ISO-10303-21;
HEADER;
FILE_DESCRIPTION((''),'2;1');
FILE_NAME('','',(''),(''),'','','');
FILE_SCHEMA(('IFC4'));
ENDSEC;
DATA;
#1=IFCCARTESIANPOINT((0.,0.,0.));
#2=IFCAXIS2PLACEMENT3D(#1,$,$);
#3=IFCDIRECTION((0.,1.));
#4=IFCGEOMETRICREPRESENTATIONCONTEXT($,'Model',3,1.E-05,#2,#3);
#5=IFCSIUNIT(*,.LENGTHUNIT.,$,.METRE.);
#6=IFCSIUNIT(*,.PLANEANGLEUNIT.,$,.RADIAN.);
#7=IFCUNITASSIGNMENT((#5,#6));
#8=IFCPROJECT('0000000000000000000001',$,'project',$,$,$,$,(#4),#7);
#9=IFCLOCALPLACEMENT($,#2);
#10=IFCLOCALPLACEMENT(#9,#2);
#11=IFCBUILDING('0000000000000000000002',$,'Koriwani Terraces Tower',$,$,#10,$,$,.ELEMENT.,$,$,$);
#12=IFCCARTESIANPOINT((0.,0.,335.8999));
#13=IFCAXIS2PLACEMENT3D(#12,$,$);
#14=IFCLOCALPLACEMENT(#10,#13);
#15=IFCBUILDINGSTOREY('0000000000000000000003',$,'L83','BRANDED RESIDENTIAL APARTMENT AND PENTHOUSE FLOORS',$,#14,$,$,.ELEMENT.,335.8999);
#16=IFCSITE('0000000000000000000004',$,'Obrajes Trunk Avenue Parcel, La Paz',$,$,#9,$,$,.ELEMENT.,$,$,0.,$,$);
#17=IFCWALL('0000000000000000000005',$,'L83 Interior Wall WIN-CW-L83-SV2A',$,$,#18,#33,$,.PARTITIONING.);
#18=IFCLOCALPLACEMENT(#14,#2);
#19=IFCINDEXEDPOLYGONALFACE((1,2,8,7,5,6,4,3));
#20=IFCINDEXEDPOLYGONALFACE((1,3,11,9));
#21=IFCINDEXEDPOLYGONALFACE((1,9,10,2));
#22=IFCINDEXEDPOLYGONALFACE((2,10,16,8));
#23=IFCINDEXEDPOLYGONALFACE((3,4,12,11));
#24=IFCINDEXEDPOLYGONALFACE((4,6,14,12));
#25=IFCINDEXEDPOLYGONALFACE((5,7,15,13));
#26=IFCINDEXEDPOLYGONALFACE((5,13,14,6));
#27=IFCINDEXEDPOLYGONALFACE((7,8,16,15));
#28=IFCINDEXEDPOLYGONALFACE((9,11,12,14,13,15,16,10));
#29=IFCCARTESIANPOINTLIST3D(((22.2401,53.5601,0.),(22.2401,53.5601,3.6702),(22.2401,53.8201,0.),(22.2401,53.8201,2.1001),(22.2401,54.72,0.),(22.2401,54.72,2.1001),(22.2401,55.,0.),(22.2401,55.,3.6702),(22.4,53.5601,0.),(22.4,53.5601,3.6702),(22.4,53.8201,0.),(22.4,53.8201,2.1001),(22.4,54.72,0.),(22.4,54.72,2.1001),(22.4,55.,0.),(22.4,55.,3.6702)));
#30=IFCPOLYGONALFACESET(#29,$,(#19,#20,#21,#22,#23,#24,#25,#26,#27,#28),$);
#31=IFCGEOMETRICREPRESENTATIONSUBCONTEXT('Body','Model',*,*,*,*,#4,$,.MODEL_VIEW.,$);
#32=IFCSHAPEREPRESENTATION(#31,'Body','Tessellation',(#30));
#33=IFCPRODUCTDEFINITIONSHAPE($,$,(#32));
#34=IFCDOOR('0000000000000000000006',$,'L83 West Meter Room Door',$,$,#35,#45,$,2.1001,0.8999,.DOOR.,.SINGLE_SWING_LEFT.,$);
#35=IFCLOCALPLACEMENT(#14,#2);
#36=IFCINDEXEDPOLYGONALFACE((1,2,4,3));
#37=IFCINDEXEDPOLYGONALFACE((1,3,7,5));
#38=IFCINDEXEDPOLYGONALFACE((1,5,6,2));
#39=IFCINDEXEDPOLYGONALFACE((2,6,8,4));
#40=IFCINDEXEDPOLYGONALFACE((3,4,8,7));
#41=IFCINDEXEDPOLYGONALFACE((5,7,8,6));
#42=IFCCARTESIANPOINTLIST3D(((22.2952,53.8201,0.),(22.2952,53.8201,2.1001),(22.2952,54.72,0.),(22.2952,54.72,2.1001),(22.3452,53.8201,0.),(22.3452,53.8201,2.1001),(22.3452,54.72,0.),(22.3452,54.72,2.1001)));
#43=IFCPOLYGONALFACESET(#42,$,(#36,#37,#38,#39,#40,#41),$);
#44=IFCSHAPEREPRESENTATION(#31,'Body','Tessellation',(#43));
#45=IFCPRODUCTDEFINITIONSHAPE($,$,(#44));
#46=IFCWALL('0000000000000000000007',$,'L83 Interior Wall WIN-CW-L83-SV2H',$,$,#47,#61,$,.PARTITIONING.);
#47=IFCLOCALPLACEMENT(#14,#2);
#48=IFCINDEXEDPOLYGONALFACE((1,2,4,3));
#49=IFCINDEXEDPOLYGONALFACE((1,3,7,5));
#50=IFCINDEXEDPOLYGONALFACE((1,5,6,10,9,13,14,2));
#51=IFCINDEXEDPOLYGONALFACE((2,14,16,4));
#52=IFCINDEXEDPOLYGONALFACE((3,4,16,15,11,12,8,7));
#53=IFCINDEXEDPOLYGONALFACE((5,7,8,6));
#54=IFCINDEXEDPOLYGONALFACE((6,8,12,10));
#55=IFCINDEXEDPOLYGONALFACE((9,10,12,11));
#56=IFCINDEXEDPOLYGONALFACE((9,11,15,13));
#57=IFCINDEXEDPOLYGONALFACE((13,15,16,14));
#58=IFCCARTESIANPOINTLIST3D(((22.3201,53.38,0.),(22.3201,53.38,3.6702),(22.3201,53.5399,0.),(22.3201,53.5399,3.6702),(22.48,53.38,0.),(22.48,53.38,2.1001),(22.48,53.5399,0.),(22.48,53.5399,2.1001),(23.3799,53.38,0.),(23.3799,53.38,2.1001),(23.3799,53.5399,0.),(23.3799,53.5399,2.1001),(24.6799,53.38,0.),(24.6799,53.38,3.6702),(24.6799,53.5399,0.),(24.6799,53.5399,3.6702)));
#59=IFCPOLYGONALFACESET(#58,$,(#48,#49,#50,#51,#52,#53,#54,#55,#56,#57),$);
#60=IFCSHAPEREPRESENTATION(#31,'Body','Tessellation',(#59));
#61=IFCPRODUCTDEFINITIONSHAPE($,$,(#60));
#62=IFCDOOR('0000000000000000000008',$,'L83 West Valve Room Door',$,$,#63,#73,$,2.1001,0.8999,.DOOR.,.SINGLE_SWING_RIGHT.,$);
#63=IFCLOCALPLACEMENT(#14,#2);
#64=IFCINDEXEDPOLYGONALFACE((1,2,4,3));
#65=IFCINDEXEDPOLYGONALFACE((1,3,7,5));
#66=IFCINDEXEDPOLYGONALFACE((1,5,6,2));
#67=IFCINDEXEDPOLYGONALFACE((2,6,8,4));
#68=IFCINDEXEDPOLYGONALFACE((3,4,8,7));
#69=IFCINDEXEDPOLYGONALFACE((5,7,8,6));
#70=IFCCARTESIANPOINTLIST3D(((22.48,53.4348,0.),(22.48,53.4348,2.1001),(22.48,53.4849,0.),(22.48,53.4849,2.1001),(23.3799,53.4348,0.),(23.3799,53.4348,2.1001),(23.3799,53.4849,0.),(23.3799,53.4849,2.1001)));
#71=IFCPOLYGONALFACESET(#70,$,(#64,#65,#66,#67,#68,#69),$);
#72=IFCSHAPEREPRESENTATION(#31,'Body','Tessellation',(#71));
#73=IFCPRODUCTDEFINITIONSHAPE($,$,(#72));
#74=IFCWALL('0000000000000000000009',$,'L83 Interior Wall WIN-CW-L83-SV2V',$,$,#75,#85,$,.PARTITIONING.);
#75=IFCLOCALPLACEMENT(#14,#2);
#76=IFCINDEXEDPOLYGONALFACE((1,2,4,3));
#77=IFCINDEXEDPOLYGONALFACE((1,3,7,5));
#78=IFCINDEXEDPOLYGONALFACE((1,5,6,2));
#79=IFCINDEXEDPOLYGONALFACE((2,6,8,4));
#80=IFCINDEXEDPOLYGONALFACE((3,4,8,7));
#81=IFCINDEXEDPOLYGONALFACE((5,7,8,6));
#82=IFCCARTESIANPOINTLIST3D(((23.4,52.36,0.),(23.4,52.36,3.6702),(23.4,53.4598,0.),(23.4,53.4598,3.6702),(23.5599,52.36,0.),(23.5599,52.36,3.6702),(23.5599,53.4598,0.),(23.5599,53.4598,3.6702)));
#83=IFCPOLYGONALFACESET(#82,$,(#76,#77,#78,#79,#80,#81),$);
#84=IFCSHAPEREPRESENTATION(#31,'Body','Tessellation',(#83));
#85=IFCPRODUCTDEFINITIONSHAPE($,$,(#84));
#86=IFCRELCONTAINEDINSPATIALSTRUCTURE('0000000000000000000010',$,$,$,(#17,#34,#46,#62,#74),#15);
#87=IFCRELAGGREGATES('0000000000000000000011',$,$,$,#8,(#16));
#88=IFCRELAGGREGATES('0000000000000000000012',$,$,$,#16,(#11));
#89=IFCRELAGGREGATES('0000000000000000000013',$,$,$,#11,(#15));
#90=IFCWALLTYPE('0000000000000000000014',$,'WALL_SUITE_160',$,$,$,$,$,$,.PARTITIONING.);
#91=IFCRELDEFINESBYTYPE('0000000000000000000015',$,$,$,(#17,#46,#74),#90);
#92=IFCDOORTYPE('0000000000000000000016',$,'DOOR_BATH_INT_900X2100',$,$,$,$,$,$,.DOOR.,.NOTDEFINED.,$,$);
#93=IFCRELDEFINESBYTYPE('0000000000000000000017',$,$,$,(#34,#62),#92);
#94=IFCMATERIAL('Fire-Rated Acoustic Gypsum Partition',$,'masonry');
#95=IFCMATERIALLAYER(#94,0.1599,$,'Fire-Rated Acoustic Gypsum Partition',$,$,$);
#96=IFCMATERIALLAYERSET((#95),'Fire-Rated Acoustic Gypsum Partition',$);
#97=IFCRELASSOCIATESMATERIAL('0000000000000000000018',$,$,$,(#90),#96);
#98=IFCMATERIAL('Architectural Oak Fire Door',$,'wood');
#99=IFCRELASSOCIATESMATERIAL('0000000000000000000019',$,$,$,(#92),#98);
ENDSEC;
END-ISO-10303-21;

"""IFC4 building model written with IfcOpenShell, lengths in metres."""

from ifc_helpers import new_model, si_unit, direction, frame, frame_2d, origin, place, context, subcontext, project, spatial, rectangle, extrude, material, layer, layer_set, type_object, element, fill, save


model = new_model("IFC4")

# Units and contexts
model_context = context("Model", 3, precision=1e-05, world=origin(), true_north=direction((0.0, 1.0)))
body_context = subcontext(model_context, "Body", "Model", "MODEL_VIEW")
ifc_project = project(units=[si_unit("LENGTHUNIT", "METRE"), si_unit("PLANEANGLEUNIT", "RADIAN")], contexts=[model_context])

# Site, building, storey
site_placement = place(None, origin())
site = spatial("IfcSite", under=ifc_project, at=site_placement, Name="Obrajes Trunk Avenue Parcel, La Paz", CompositionType="ELEMENT", RefElevation=0.0)
building_placement = place(site_placement, origin())
building = spatial("IfcBuilding", under=site, at=building_placement, Name="Koriwani Terraces Tower", CompositionType="ELEMENT")
storey_placement = place(building_placement, frame((0.0, 0.0, 335.8999)))
storey = spatial("IfcBuildingStorey", under=building, at=storey_placement, Name="L83", Description="BRANDED RESIDENTIAL APARTMENT AND PENTHOUSE FLOORS", CompositionType="ELEMENT", Elevation=335.8999)

# Walls, openings, doors
ifc_material_1 = material(Name="Fire-Rated Acoustic Gypsum Partition", Category="masonry")
ifc_layer_1 = layer(ifc_material_1, 0.1599, Name="Fire-Rated Acoustic Gypsum Partition")
ifc_layer_set_1 = layer_set([ifc_layer_1], Name="Fire-Rated Acoustic Gypsum Partition")
wall_type_1 = type_object("IfcWallType", Name="WALL_SUITE_160", PredefinedType="PARTITIONING", material=ifc_layer_set_1)
wall_1_placement = place(storey_placement, frame((22.3201, 53.5601, 0.0), z_axis=(0.0, 0.0, 1.0), x_axis=(0.0, 1.0, 0.0)))
wall_1 = element("IfcWall", 1, at=wall_1_placement, inside=storey, type_object=wall_type_1, Name="L83 Interior Wall WIN-CW-L83-SV2A", PredefinedType="PARTITIONING", context=body_context, shape_type="SweptSolid", body=[
    extrude(rectangle(XDim=1.4399, YDim=0.1599, at=frame_2d((0.72, 0.0))), origin(), (0.0, 0.0, 1.0), 3.6702),
])
opening_1_placement = place(wall_1_placement, frame((0.26, 0.0, 0.0)))
opening_1 = element("IfcOpeningElement", 2, at=opening_1_placement, cuts=wall_1, PredefinedType="OPENING", context=body_context, shape_type="SweptSolid", body=[
    extrude(rectangle(XDim=0.8999, YDim=2.1001, at=frame_2d((0.45, 1.05))), frame((0.0, 0.0898, 0.0), z_axis=(0.0, -1.0, 0.0), x_axis=(1.0, 0.0, 0.0)), (0.0, 0.0, 1.0), 0.1799),
])
ifc_material_2 = material(Name="Architectural Oak Fire Door", Category="wood")
door_type_1 = type_object("IfcDoorType", Name="DOOR_BATH_INT_900X2100", OperationType="NOTDEFINED", PredefinedType="DOOR", material=ifc_material_2)
door_1_placement = place(opening_1_placement, origin())
door_1 = element("IfcDoor", 3, at=door_1_placement, inside=storey, type_object=door_type_1, Name="L83 West Meter Room Door", OperationType="SINGLE_SWING_LEFT", OverallHeight=2.1001, OverallWidth=0.8999, PredefinedType="DOOR", context=body_context, shape_type="SweptSolid", body=[
    extrude(rectangle(XDim=0.8999, YDim=2.1001, at=frame_2d((0.45, 1.05))), frame((0.0, 0.0249, 0.0), z_axis=(0.0, -1.0, 0.0), x_axis=(1.0, 0.0, 0.0)), (0.0, 0.0, 1.0), 0.05),
])
fill(opening_1, door_1)
wall_2_placement = place(storey_placement, frame((22.3201, 53.46, 0.0), z_axis=(0.0, 0.0, 1.0), x_axis=(1.0, 0.0, 0.0)))
wall_2 = element("IfcWall", 4, at=wall_2_placement, inside=storey, type_object=wall_type_1, Name="L83 Interior Wall WIN-CW-L83-SV2H", PredefinedType="PARTITIONING", context=body_context, shape_type="SweptSolid", body=[
    extrude(rectangle(XDim=2.3599, YDim=0.1599, at=frame_2d((1.1799, 0.0))), origin(), (0.0, 0.0, 1.0), 3.6702),
])
opening_2_placement = place(wall_2_placement, frame((0.1599, 0.0, 0.0)))
opening_2 = element("IfcOpeningElement", 5, at=opening_2_placement, cuts=wall_2, PredefinedType="OPENING", context=body_context, shape_type="SweptSolid", body=[
    extrude(rectangle(XDim=0.8999, YDim=2.1001, at=frame_2d((0.45, 1.05))), frame((0.0, 0.0898, 0.0), z_axis=(0.0, -1.0, 0.0), x_axis=(1.0, 0.0, 0.0)), (0.0, 0.0, 1.0), 0.1799),
])
door_2_placement = place(opening_2_placement, origin())
door_2 = element("IfcDoor", 6, at=door_2_placement, inside=storey, type_object=door_type_1, Name="L83 West Valve Room Door", OperationType="SINGLE_SWING_RIGHT", OverallHeight=2.1001, OverallWidth=0.8999, PredefinedType="DOOR", context=body_context, shape_type="SweptSolid", body=[
    extrude(rectangle(XDim=0.8999, YDim=2.1001, at=frame_2d((0.45, 1.05))), frame((0.0, 0.0249, 0.0), z_axis=(0.0, -1.0, 0.0), x_axis=(1.0, 0.0, 0.0)), (0.0, 0.0, 1.0), 0.05),
])
fill(opening_2, door_2)

# Wall
wall_3_placement = place(storey_placement, frame((23.48, 52.3601, 0.0), z_axis=(0.0, 0.0, 1.0), x_axis=(0.0, 1.0, 0.0)))
element("IfcWall", 7, at=wall_3_placement, inside=storey, type_object=wall_type_1, Name="L83 Interior Wall WIN-CW-L83-SV2V", PredefinedType="PARTITIONING", context=body_context, shape_type="SweptSolid", body=[
    extrude(rectangle(XDim=1.0999, YDim=0.1599, at=frame_2d((0.5498, 0.0))), origin(), (0.0, 0.0, 1.0), 3.6702),
])

save(model, "model.ifc")
